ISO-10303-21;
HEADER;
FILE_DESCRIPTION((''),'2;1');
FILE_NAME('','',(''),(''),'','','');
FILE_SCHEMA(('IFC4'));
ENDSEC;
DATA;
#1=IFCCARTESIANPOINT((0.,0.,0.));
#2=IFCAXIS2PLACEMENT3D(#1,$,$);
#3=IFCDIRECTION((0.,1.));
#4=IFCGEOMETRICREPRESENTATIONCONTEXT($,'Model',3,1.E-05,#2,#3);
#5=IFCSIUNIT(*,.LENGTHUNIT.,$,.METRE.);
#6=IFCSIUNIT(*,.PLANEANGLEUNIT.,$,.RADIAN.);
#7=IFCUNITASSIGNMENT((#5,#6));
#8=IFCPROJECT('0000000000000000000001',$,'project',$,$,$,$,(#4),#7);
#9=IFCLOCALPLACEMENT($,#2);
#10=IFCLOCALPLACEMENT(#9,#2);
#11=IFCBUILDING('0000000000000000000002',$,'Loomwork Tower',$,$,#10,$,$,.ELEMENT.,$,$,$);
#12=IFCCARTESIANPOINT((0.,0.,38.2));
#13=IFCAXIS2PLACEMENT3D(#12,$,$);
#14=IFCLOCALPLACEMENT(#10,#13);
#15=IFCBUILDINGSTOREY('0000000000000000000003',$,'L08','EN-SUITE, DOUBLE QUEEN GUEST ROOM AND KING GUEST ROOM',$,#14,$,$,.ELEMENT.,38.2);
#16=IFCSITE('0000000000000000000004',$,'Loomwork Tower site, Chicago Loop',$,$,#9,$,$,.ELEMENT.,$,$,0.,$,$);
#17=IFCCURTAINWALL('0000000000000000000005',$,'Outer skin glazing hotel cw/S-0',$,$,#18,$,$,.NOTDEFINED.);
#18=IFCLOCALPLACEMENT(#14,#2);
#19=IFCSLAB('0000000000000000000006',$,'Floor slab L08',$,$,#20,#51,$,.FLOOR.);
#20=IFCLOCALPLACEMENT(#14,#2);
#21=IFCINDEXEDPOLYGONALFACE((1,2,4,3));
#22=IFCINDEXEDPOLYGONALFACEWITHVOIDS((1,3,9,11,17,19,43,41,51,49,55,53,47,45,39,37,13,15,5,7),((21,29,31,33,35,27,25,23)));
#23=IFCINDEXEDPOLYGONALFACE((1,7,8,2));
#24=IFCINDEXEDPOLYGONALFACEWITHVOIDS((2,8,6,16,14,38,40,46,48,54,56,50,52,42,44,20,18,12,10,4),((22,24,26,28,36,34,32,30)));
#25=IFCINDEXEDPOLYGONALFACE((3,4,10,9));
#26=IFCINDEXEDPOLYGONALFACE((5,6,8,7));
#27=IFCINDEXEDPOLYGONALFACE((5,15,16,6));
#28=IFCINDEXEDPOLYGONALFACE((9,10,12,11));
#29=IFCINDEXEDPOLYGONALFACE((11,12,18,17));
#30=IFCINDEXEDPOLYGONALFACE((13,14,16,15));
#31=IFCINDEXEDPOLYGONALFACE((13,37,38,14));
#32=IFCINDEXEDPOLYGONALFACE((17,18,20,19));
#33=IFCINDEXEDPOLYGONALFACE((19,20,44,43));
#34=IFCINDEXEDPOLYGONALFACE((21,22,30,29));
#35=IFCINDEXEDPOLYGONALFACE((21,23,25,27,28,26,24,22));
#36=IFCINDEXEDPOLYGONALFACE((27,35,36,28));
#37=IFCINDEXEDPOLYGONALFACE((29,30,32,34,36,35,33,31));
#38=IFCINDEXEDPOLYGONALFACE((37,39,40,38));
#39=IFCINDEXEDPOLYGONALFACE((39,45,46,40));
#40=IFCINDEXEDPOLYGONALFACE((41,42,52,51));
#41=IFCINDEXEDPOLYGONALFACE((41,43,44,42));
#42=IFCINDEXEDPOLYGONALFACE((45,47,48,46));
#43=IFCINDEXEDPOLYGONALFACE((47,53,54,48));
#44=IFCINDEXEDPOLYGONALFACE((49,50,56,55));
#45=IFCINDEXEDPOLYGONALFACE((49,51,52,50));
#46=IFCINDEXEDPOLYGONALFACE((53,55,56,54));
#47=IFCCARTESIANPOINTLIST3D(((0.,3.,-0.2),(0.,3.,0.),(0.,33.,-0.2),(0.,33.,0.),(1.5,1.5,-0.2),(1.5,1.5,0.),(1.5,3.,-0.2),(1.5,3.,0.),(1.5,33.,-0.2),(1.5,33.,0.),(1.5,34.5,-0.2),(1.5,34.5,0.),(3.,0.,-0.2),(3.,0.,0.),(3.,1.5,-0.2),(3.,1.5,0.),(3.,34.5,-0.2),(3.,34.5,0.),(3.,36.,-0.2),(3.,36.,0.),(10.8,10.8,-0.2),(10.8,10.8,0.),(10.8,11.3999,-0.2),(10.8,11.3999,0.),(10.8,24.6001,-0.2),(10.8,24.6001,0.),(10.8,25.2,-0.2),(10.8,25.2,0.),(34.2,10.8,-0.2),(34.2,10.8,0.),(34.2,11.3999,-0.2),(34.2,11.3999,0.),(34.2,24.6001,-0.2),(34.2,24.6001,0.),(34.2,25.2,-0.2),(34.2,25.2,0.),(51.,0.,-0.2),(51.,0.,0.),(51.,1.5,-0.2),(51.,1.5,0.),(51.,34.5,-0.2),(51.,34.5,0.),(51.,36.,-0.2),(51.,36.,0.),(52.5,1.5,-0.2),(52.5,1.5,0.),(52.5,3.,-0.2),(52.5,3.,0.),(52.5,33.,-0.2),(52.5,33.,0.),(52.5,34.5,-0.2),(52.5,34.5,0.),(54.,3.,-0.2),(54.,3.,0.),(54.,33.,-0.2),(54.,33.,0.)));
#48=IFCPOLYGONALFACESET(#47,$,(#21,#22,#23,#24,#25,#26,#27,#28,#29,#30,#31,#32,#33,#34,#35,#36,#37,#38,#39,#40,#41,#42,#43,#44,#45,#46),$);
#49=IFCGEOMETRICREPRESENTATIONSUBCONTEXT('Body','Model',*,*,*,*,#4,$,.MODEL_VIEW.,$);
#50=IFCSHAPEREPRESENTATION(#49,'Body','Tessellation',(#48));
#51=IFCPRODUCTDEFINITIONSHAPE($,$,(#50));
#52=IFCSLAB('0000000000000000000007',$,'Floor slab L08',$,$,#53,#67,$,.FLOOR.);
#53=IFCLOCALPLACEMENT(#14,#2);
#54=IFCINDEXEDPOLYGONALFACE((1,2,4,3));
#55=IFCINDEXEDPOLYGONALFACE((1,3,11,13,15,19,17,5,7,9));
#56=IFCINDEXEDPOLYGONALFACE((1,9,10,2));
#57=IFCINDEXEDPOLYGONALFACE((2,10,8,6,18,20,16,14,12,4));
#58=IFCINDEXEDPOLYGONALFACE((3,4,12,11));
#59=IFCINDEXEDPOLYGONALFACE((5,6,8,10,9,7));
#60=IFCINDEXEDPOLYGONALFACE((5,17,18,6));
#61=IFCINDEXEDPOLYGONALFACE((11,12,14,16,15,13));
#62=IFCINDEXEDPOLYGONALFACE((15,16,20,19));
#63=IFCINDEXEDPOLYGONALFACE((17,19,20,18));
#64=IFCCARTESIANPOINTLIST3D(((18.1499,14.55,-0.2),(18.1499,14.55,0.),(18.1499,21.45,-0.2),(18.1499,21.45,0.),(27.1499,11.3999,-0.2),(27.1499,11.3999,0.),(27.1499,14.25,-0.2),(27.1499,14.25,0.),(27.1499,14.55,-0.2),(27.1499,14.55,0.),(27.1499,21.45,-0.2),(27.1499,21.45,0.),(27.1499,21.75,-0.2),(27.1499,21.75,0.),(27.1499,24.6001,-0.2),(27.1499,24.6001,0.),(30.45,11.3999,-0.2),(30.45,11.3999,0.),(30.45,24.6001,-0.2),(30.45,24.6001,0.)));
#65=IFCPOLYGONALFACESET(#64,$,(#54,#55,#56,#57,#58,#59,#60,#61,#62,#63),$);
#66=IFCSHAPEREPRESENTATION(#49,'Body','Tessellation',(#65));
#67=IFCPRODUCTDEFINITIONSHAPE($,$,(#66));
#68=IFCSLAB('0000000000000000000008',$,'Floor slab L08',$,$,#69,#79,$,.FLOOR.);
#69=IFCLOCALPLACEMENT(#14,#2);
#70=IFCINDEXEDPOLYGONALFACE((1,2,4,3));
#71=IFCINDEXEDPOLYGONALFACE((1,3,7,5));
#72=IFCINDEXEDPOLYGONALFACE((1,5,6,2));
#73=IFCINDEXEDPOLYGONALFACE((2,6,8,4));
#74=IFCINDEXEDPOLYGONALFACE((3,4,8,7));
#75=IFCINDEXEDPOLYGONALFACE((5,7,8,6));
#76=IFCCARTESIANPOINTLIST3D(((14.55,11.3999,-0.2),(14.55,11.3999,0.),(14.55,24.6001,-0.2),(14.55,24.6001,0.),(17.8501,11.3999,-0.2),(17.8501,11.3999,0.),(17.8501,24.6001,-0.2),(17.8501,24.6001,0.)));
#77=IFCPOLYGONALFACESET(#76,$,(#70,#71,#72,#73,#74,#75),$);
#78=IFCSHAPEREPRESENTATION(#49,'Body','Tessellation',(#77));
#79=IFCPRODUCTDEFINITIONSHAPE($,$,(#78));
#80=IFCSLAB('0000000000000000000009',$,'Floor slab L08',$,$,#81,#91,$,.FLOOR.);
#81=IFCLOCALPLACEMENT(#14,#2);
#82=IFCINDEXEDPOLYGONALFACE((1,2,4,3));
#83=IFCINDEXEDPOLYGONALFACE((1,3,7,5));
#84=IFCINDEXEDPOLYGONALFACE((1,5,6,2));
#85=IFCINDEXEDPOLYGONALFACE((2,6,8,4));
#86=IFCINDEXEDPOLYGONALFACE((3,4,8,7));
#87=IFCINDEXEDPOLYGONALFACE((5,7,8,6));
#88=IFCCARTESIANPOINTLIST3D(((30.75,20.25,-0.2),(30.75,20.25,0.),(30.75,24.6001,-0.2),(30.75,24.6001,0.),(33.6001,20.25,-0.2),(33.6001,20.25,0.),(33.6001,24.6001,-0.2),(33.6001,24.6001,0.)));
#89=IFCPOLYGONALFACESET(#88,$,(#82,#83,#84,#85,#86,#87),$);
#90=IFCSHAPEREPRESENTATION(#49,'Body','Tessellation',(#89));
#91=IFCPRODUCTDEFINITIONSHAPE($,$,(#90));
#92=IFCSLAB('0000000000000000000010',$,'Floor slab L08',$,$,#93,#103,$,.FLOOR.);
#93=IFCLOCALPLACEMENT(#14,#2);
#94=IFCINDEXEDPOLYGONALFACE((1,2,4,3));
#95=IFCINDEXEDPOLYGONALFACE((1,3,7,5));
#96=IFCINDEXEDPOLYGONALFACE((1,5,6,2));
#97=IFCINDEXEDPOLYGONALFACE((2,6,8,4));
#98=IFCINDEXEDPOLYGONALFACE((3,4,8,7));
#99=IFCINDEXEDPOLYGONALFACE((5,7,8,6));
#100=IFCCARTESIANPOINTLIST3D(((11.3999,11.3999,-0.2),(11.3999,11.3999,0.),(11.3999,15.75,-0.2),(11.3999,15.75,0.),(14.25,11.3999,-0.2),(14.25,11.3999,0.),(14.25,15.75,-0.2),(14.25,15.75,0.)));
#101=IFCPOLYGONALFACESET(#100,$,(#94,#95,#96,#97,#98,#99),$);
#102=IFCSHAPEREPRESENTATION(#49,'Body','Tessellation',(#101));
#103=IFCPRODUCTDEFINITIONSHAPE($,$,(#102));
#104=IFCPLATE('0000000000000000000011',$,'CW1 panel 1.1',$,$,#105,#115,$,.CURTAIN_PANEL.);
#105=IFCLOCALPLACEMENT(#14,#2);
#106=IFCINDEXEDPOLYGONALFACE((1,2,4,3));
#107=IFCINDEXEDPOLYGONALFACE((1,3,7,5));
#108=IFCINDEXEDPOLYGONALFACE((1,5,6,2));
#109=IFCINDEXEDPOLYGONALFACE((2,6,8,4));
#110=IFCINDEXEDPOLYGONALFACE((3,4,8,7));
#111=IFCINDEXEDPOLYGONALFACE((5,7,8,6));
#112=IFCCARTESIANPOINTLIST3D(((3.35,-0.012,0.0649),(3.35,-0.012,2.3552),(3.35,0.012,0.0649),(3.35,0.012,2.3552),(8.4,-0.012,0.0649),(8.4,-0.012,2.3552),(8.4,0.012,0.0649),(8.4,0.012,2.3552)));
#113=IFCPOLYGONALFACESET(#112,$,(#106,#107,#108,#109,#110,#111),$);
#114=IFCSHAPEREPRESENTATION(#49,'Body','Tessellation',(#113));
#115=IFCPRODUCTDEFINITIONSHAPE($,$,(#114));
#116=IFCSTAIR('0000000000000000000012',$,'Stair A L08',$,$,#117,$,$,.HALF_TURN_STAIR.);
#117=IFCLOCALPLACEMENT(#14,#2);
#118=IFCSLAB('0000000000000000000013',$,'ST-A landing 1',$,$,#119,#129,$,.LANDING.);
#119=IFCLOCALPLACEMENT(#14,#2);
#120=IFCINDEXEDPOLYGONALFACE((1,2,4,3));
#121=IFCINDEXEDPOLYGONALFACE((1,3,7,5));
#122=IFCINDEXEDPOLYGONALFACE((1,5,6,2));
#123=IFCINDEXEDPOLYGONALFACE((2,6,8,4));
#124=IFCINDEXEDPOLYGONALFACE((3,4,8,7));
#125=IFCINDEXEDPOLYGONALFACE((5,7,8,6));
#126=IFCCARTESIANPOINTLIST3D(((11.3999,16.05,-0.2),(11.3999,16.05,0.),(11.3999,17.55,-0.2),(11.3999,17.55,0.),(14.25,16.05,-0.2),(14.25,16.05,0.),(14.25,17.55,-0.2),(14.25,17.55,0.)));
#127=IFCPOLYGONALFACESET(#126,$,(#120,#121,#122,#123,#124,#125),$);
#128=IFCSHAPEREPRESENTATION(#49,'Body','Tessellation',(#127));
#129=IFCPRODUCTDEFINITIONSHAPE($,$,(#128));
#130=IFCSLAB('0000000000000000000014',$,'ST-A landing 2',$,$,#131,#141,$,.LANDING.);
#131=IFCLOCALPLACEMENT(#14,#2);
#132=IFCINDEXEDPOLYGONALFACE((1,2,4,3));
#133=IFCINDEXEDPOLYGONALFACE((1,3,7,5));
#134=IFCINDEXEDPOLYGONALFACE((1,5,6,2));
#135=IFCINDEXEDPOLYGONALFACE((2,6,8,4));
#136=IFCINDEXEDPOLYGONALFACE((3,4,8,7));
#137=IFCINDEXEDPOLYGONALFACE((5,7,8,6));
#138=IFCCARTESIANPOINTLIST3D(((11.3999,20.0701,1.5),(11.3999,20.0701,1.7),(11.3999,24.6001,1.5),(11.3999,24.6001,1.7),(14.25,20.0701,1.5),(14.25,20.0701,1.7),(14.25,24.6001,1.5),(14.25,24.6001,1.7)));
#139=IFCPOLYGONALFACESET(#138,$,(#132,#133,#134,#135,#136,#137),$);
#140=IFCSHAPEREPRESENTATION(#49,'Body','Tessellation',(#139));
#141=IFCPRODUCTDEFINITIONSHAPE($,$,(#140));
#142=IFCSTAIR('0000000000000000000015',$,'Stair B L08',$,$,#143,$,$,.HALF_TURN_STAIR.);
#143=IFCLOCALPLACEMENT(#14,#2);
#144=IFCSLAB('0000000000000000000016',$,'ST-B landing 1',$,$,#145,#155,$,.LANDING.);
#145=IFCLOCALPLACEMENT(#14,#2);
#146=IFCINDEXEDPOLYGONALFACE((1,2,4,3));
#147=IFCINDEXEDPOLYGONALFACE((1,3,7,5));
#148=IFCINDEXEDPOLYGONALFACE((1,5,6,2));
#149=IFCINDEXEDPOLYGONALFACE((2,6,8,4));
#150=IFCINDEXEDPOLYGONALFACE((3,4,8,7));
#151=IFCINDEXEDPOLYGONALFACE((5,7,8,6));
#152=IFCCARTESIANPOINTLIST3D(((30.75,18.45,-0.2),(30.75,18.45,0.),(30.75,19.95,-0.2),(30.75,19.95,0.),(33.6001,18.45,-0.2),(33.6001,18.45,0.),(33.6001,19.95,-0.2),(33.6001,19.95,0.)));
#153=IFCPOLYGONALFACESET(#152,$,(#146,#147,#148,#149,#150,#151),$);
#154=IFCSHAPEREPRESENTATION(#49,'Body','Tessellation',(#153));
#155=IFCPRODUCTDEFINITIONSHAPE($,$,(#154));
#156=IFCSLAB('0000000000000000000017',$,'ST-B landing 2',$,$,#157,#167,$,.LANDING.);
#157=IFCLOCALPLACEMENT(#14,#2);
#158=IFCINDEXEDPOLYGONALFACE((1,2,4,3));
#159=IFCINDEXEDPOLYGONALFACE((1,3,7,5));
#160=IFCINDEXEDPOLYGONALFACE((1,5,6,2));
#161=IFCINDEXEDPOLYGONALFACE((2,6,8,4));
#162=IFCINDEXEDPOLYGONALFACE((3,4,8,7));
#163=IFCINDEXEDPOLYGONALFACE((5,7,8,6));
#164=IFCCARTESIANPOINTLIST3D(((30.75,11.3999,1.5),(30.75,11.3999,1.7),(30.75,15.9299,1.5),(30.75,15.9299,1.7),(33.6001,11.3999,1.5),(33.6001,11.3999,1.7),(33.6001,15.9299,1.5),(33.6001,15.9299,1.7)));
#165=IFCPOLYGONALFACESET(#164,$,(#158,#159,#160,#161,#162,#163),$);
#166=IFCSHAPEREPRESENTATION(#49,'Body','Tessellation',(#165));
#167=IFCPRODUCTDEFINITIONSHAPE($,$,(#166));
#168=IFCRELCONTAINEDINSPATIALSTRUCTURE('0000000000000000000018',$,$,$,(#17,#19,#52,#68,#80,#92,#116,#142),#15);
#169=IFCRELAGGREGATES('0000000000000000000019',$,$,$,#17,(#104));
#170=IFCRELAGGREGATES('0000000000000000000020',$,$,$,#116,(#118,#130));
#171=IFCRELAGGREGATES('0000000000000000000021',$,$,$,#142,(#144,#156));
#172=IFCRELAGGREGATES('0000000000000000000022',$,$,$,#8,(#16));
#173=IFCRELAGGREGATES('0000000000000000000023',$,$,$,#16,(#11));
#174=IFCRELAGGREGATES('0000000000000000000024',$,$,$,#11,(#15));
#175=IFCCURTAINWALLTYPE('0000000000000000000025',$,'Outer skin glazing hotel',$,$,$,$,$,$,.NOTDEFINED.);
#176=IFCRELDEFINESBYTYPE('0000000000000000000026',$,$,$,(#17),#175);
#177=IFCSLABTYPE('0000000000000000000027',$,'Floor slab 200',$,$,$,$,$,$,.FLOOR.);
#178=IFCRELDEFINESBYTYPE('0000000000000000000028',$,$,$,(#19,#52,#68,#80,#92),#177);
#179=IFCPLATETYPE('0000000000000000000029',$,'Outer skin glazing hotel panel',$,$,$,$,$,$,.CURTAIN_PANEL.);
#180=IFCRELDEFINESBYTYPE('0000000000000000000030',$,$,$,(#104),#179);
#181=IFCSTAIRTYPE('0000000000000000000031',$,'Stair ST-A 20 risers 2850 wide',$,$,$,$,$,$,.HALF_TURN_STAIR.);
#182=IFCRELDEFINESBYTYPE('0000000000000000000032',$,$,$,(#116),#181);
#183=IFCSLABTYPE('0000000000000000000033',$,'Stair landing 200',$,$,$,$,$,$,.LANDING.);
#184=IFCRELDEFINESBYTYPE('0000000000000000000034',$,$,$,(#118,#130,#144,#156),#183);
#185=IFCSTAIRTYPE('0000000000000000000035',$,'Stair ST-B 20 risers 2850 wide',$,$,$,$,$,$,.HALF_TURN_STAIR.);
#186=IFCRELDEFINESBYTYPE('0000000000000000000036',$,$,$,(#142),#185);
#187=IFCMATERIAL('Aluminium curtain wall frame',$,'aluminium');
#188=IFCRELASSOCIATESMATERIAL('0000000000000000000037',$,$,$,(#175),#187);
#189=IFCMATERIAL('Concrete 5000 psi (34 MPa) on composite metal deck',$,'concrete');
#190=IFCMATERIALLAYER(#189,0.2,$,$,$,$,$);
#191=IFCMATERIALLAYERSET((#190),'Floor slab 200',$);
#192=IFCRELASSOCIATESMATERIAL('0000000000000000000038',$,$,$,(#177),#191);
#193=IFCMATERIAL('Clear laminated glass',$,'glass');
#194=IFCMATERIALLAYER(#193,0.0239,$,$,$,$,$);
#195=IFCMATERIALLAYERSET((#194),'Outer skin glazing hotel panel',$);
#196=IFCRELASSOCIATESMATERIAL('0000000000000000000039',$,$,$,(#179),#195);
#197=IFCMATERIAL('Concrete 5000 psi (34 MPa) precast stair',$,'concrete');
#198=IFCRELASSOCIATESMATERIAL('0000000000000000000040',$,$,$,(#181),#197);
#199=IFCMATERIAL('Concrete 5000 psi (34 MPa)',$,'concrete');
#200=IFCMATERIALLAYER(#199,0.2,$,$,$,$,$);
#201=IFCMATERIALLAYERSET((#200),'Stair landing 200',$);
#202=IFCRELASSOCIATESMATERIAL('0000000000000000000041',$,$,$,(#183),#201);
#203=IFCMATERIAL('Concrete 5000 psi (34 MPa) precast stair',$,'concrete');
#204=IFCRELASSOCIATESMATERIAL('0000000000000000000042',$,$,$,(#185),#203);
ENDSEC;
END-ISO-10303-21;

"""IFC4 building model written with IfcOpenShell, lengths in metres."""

from ifc_helpers import new_model, si_unit, direction, frame, origin, origin_2d, place, context, subcontext, project, spatial, polyline, rectangle, outline, extrude, material, layer, layer_set, type_object, element, aggregate, save


model = new_model("IFC4")

# Units and contexts
model_context = context("Model", 3, precision=1e-05, world=origin(), true_north=direction((0.0, 1.0)))
body_context = subcontext(model_context, "Body", "Model", "MODEL_VIEW")
ifc_project = project(units=[si_unit("LENGTHUNIT", "METRE"), si_unit("PLANEANGLEUNIT", "RADIAN")], contexts=[model_context])

# Site, building, storey
site_placement = place(None, origin())
site = spatial("IfcSite", under=ifc_project, at=site_placement, Name="Loomwork Tower site, Chicago Loop", CompositionType="ELEMENT", RefElevation=0.0)
building_placement = place(site_placement, origin())
building = spatial("IfcBuilding", under=site, at=building_placement, Name="Loomwork Tower", CompositionType="ELEMENT")
storey_placement = place(building_placement, frame((0.0, 0.0, 38.2)))
storey = spatial("IfcBuildingStorey", under=building, at=storey_placement, Name="L08", Description="EN-SUITE, DOUBLE QUEEN GUEST ROOM AND KING GUEST ROOM", CompositionType="ELEMENT", Elevation=38.2)

# Curtain wall
ifc_material_1 = material(Name="Aluminium curtain wall frame", Category="aluminium")
curtain_wall_type = type_object("IfcCurtainWallType", Name="Outer skin glazing hotel", PredefinedType="NOTDEFINED", material=ifc_material_1)
curtain_wall_1_placement = place(storey_placement, origin())
curtain_wall_1 = element("IfcCurtainWall", 1, at=curtain_wall_1_placement, inside=storey, type_object=curtain_wall_type, Name="Outer skin glazing hotel cw/S-0", PredefinedType="NOTDEFINED")

# Slabs
ifc_material_2 = material(Name="Concrete 5000 psi (34 MPa) on composite metal deck", Category="concrete")
ifc_layer_1 = layer(ifc_material_2, 0.2)
ifc_layer_set_1 = layer_set([ifc_layer_1], Name="Floor slab 200")
slab_type_1 = type_object("IfcSlabType", Name="Floor slab 200", PredefinedType="FLOOR", material=ifc_layer_set_1)
slab_1_placement = place(storey_placement, frame((0.0, 0.0, -0.2)))
element("IfcSlab", 2, at=slab_1_placement, inside=storey, type_object=slab_type_1, Name="Floor slab L08", PredefinedType="FLOOR", context=body_context, shape_type="SweptSolid", body=[
    extrude(outline(polyline([(3.0, 1.5), (1.5, 1.5), (1.5, 3.0), (0.0, 3.0), (0.0, 33.0), (1.5, 33.0), (1.5, 34.5), (3.0, 34.5), (3.0, 36.0), (51.0, 36.0), (51.0, 34.5), (52.5, 34.5), (52.5, 33.0), (54.0, 33.0), (54.0, 3.0), (52.5, 3.0), (52.5, 1.5), (51.0, 1.5), (51.0, 0.0), (3.0, 0.0), (3.0, 1.5)]), holes=[polyline([(10.8, 11.3999), (10.8, 11.3999), (10.8, 10.8), (34.2, 10.8), (34.2, 11.3999), (34.2, 11.3999), (34.2, 24.6001), (34.2, 25.2), (10.8, 25.2), (10.8, 24.6001), (10.8, 11.3999)])]), origin(), (0.0, 0.0, 1.0), 0.2),
])
slab_2_placement = place(storey_placement, frame((0.0, 0.0, -0.2)))
element("IfcSlab", 3, at=slab_2_placement, inside=storey, type_object=slab_type_1, Name="Floor slab L08", PredefinedType="FLOOR", context=body_context, shape_type="SweptSolid", body=[
    extrude(outline(polyline([(30.45, 24.6001), (30.45, 11.3999), (27.1499, 11.3999), (27.1499, 14.25), (27.1499, 14.55), (18.1499, 14.55), (18.1499, 21.45), (27.1499, 21.45), (27.1499, 21.75), (27.1499, 24.6001), (30.45, 24.6001)])), origin(), (0.0, 0.0, 1.0), 0.2),
])
slab_3_placement = place(storey_placement, frame((0.0, 0.0, -0.2)))
element("IfcSlab", 4, at=slab_3_placement, inside=storey, type_object=slab_type_1, Name="Floor slab L08", PredefinedType="FLOOR", context=body_context, shape_type="SweptSolid", body=[
    extrude(outline(polyline([(14.55, 11.3999), (14.55, 24.6001), (17.8501, 24.6001), (17.8501, 11.3999), (14.55, 11.3999)])), origin(), (0.0, 0.0, 1.0), 0.2),
])
slab_4_placement = place(storey_placement, frame((0.0, 0.0, -0.2)))
element("IfcSlab", 5, at=slab_4_placement, inside=storey, type_object=slab_type_1, Name="Floor slab L08", PredefinedType="FLOOR", context=body_context, shape_type="SweptSolid", body=[
    extrude(outline(polyline([(33.6001, 20.25), (30.75, 20.25), (30.75, 24.6001), (33.6001, 24.6001), (33.6001, 20.25)])), origin(), (0.0, 0.0, 1.0), 0.2),
])
slab_5_placement = place(storey_placement, frame((0.0, 0.0, -0.2)))
element("IfcSlab", 6, at=slab_5_placement, inside=storey, type_object=slab_type_1, Name="Floor slab L08", PredefinedType="FLOOR", context=body_context, shape_type="SweptSolid", body=[
    extrude(outline(polyline([(14.25, 15.75), (14.25, 11.3999), (11.3999, 11.3999), (11.3999, 15.75), (14.25, 15.75)])), origin(), (0.0, 0.0, 1.0), 0.2),
])

# Plate
ifc_material_3 = material(Name="Clear laminated glass", Category="glass")
ifc_layer_2 = layer(ifc_material_3, 0.0239)
ifc_layer_set_2 = layer_set([ifc_layer_2], Name="Outer skin glazing hotel panel")
plate_type = type_object("IfcPlateType", Name="Outer skin glazing hotel panel", PredefinedType="CURTAIN_PANEL", material=ifc_layer_set_2)
plate_placement = place(storey_placement, frame((5.875, 0.0, 0.0649), z_axis=(0.0, 0.0, 1.0), x_axis=(1.0, 0.0, 0.0)))
plate = element("IfcPlate", 7, at=plate_placement, type_object=plate_type, Name="CW1 panel 1.1", PredefinedType="CURTAIN_PANEL", context=body_context, shape_type="SweptSolid", body=[
    extrude(rectangle(XDim=5.05, YDim=0.0239, at=origin_2d()), origin(), (0.0, 0.0, 1.0), 2.2903),
])
aggregate(curtain_wall_1, [plate])

# Stairs, slabs
ifc_material_4 = material(Name="Concrete 5000 psi (34 MPa) precast stair", Category="concrete")
stair_type_1 = type_object("IfcStairType", Name="Stair ST-A 20 risers 2850 wide", PredefinedType="HALF_TURN_STAIR", material=ifc_material_4)
stair_1_placement = place(storey_placement, origin())
stair_1 = element("IfcStair", 8, at=stair_1_placement, inside=storey, type_object=stair_type_1, Name="Stair A L08", PredefinedType="HALF_TURN_STAIR")
ifc_material_5 = material(Name="Concrete 5000 psi (34 MPa)", Category="concrete")
ifc_layer_3 = layer(ifc_material_5, 0.2)
ifc_layer_set_3 = layer_set([ifc_layer_3], Name="Stair landing 200")
slab_type_2 = type_object("IfcSlabType", Name="Stair landing 200", PredefinedType="LANDING", material=ifc_layer_set_3)
slab_6_placement = place(storey_placement, frame((0.0, 0.0, -0.2)))
slab_6 = element("IfcSlab", 9, at=slab_6_placement, type_object=slab_type_2, Name="ST-A landing 1", PredefinedType="LANDING", context=body_context, shape_type="SweptSolid", body=[
    extrude(outline(polyline([(11.3999, 16.05), (14.25, 16.05), (14.25, 17.55), (11.3999, 17.55), (11.3999, 16.05)])), origin(), (0.0, 0.0, 1.0), 0.2),
])
slab_7_placement = place(storey_placement, frame((0.0, 0.0, 1.5)))
slab_7 = element("IfcSlab", 10, at=slab_7_placement, type_object=slab_type_2, Name="ST-A landing 2", PredefinedType="LANDING", context=body_context, shape_type="SweptSolid", body=[
    extrude(outline(polyline([(11.3999, 20.0701), (14.25, 20.0701), (14.25, 24.6001), (11.3999, 24.6001), (11.3999, 20.0701)])), origin(), (0.0, 0.0, 1.0), 0.2),
])
aggregate(stair_1, [slab_6, slab_7])
ifc_material_6 = material(Name="Concrete 5000 psi (34 MPa) precast stair", Category="concrete")
stair_type_2 = type_object("IfcStairType", Name="Stair ST-B 20 risers 2850 wide", PredefinedType="HALF_TURN_STAIR", material=ifc_material_6)
stair_2_placement = place(storey_placement, origin())
stair_2 = element("IfcStair", 11, at=stair_2_placement, inside=storey, type_object=stair_type_2, Name="Stair B L08", PredefinedType="HALF_TURN_STAIR")
slab_8_placement = place(storey_placement, frame((0.0, 0.0, -0.2)))
slab_8 = element("IfcSlab", 12, at=slab_8_placement, type_object=slab_type_2, Name="ST-B landing 1", PredefinedType="LANDING", context=body_context, shape_type="SweptSolid", body=[
    extrude(outline(polyline([(30.75, 18.45), (33.6001, 18.45), (33.6001, 19.95), (30.75, 19.95), (30.75, 18.45)])), origin(), (0.0, 0.0, 1.0), 0.2),
])
slab_9_placement = place(storey_placement, frame((0.0, 0.0, 1.5)))
slab_9 = element("IfcSlab", 13, at=slab_9_placement, type_object=slab_type_2, Name="ST-B landing 2", PredefinedType="LANDING", context=body_context, shape_type="SweptSolid", body=[
    extrude(outline(polyline([(30.75, 11.3999), (33.6001, 11.3999), (33.6001, 15.9299), (30.75, 15.9299), (30.75, 11.3999)])), origin(), (0.0, 0.0, 1.0), 0.2),
])
aggregate(stair_2, [slab_8, slab_9])

save(model, "model.ifc")
